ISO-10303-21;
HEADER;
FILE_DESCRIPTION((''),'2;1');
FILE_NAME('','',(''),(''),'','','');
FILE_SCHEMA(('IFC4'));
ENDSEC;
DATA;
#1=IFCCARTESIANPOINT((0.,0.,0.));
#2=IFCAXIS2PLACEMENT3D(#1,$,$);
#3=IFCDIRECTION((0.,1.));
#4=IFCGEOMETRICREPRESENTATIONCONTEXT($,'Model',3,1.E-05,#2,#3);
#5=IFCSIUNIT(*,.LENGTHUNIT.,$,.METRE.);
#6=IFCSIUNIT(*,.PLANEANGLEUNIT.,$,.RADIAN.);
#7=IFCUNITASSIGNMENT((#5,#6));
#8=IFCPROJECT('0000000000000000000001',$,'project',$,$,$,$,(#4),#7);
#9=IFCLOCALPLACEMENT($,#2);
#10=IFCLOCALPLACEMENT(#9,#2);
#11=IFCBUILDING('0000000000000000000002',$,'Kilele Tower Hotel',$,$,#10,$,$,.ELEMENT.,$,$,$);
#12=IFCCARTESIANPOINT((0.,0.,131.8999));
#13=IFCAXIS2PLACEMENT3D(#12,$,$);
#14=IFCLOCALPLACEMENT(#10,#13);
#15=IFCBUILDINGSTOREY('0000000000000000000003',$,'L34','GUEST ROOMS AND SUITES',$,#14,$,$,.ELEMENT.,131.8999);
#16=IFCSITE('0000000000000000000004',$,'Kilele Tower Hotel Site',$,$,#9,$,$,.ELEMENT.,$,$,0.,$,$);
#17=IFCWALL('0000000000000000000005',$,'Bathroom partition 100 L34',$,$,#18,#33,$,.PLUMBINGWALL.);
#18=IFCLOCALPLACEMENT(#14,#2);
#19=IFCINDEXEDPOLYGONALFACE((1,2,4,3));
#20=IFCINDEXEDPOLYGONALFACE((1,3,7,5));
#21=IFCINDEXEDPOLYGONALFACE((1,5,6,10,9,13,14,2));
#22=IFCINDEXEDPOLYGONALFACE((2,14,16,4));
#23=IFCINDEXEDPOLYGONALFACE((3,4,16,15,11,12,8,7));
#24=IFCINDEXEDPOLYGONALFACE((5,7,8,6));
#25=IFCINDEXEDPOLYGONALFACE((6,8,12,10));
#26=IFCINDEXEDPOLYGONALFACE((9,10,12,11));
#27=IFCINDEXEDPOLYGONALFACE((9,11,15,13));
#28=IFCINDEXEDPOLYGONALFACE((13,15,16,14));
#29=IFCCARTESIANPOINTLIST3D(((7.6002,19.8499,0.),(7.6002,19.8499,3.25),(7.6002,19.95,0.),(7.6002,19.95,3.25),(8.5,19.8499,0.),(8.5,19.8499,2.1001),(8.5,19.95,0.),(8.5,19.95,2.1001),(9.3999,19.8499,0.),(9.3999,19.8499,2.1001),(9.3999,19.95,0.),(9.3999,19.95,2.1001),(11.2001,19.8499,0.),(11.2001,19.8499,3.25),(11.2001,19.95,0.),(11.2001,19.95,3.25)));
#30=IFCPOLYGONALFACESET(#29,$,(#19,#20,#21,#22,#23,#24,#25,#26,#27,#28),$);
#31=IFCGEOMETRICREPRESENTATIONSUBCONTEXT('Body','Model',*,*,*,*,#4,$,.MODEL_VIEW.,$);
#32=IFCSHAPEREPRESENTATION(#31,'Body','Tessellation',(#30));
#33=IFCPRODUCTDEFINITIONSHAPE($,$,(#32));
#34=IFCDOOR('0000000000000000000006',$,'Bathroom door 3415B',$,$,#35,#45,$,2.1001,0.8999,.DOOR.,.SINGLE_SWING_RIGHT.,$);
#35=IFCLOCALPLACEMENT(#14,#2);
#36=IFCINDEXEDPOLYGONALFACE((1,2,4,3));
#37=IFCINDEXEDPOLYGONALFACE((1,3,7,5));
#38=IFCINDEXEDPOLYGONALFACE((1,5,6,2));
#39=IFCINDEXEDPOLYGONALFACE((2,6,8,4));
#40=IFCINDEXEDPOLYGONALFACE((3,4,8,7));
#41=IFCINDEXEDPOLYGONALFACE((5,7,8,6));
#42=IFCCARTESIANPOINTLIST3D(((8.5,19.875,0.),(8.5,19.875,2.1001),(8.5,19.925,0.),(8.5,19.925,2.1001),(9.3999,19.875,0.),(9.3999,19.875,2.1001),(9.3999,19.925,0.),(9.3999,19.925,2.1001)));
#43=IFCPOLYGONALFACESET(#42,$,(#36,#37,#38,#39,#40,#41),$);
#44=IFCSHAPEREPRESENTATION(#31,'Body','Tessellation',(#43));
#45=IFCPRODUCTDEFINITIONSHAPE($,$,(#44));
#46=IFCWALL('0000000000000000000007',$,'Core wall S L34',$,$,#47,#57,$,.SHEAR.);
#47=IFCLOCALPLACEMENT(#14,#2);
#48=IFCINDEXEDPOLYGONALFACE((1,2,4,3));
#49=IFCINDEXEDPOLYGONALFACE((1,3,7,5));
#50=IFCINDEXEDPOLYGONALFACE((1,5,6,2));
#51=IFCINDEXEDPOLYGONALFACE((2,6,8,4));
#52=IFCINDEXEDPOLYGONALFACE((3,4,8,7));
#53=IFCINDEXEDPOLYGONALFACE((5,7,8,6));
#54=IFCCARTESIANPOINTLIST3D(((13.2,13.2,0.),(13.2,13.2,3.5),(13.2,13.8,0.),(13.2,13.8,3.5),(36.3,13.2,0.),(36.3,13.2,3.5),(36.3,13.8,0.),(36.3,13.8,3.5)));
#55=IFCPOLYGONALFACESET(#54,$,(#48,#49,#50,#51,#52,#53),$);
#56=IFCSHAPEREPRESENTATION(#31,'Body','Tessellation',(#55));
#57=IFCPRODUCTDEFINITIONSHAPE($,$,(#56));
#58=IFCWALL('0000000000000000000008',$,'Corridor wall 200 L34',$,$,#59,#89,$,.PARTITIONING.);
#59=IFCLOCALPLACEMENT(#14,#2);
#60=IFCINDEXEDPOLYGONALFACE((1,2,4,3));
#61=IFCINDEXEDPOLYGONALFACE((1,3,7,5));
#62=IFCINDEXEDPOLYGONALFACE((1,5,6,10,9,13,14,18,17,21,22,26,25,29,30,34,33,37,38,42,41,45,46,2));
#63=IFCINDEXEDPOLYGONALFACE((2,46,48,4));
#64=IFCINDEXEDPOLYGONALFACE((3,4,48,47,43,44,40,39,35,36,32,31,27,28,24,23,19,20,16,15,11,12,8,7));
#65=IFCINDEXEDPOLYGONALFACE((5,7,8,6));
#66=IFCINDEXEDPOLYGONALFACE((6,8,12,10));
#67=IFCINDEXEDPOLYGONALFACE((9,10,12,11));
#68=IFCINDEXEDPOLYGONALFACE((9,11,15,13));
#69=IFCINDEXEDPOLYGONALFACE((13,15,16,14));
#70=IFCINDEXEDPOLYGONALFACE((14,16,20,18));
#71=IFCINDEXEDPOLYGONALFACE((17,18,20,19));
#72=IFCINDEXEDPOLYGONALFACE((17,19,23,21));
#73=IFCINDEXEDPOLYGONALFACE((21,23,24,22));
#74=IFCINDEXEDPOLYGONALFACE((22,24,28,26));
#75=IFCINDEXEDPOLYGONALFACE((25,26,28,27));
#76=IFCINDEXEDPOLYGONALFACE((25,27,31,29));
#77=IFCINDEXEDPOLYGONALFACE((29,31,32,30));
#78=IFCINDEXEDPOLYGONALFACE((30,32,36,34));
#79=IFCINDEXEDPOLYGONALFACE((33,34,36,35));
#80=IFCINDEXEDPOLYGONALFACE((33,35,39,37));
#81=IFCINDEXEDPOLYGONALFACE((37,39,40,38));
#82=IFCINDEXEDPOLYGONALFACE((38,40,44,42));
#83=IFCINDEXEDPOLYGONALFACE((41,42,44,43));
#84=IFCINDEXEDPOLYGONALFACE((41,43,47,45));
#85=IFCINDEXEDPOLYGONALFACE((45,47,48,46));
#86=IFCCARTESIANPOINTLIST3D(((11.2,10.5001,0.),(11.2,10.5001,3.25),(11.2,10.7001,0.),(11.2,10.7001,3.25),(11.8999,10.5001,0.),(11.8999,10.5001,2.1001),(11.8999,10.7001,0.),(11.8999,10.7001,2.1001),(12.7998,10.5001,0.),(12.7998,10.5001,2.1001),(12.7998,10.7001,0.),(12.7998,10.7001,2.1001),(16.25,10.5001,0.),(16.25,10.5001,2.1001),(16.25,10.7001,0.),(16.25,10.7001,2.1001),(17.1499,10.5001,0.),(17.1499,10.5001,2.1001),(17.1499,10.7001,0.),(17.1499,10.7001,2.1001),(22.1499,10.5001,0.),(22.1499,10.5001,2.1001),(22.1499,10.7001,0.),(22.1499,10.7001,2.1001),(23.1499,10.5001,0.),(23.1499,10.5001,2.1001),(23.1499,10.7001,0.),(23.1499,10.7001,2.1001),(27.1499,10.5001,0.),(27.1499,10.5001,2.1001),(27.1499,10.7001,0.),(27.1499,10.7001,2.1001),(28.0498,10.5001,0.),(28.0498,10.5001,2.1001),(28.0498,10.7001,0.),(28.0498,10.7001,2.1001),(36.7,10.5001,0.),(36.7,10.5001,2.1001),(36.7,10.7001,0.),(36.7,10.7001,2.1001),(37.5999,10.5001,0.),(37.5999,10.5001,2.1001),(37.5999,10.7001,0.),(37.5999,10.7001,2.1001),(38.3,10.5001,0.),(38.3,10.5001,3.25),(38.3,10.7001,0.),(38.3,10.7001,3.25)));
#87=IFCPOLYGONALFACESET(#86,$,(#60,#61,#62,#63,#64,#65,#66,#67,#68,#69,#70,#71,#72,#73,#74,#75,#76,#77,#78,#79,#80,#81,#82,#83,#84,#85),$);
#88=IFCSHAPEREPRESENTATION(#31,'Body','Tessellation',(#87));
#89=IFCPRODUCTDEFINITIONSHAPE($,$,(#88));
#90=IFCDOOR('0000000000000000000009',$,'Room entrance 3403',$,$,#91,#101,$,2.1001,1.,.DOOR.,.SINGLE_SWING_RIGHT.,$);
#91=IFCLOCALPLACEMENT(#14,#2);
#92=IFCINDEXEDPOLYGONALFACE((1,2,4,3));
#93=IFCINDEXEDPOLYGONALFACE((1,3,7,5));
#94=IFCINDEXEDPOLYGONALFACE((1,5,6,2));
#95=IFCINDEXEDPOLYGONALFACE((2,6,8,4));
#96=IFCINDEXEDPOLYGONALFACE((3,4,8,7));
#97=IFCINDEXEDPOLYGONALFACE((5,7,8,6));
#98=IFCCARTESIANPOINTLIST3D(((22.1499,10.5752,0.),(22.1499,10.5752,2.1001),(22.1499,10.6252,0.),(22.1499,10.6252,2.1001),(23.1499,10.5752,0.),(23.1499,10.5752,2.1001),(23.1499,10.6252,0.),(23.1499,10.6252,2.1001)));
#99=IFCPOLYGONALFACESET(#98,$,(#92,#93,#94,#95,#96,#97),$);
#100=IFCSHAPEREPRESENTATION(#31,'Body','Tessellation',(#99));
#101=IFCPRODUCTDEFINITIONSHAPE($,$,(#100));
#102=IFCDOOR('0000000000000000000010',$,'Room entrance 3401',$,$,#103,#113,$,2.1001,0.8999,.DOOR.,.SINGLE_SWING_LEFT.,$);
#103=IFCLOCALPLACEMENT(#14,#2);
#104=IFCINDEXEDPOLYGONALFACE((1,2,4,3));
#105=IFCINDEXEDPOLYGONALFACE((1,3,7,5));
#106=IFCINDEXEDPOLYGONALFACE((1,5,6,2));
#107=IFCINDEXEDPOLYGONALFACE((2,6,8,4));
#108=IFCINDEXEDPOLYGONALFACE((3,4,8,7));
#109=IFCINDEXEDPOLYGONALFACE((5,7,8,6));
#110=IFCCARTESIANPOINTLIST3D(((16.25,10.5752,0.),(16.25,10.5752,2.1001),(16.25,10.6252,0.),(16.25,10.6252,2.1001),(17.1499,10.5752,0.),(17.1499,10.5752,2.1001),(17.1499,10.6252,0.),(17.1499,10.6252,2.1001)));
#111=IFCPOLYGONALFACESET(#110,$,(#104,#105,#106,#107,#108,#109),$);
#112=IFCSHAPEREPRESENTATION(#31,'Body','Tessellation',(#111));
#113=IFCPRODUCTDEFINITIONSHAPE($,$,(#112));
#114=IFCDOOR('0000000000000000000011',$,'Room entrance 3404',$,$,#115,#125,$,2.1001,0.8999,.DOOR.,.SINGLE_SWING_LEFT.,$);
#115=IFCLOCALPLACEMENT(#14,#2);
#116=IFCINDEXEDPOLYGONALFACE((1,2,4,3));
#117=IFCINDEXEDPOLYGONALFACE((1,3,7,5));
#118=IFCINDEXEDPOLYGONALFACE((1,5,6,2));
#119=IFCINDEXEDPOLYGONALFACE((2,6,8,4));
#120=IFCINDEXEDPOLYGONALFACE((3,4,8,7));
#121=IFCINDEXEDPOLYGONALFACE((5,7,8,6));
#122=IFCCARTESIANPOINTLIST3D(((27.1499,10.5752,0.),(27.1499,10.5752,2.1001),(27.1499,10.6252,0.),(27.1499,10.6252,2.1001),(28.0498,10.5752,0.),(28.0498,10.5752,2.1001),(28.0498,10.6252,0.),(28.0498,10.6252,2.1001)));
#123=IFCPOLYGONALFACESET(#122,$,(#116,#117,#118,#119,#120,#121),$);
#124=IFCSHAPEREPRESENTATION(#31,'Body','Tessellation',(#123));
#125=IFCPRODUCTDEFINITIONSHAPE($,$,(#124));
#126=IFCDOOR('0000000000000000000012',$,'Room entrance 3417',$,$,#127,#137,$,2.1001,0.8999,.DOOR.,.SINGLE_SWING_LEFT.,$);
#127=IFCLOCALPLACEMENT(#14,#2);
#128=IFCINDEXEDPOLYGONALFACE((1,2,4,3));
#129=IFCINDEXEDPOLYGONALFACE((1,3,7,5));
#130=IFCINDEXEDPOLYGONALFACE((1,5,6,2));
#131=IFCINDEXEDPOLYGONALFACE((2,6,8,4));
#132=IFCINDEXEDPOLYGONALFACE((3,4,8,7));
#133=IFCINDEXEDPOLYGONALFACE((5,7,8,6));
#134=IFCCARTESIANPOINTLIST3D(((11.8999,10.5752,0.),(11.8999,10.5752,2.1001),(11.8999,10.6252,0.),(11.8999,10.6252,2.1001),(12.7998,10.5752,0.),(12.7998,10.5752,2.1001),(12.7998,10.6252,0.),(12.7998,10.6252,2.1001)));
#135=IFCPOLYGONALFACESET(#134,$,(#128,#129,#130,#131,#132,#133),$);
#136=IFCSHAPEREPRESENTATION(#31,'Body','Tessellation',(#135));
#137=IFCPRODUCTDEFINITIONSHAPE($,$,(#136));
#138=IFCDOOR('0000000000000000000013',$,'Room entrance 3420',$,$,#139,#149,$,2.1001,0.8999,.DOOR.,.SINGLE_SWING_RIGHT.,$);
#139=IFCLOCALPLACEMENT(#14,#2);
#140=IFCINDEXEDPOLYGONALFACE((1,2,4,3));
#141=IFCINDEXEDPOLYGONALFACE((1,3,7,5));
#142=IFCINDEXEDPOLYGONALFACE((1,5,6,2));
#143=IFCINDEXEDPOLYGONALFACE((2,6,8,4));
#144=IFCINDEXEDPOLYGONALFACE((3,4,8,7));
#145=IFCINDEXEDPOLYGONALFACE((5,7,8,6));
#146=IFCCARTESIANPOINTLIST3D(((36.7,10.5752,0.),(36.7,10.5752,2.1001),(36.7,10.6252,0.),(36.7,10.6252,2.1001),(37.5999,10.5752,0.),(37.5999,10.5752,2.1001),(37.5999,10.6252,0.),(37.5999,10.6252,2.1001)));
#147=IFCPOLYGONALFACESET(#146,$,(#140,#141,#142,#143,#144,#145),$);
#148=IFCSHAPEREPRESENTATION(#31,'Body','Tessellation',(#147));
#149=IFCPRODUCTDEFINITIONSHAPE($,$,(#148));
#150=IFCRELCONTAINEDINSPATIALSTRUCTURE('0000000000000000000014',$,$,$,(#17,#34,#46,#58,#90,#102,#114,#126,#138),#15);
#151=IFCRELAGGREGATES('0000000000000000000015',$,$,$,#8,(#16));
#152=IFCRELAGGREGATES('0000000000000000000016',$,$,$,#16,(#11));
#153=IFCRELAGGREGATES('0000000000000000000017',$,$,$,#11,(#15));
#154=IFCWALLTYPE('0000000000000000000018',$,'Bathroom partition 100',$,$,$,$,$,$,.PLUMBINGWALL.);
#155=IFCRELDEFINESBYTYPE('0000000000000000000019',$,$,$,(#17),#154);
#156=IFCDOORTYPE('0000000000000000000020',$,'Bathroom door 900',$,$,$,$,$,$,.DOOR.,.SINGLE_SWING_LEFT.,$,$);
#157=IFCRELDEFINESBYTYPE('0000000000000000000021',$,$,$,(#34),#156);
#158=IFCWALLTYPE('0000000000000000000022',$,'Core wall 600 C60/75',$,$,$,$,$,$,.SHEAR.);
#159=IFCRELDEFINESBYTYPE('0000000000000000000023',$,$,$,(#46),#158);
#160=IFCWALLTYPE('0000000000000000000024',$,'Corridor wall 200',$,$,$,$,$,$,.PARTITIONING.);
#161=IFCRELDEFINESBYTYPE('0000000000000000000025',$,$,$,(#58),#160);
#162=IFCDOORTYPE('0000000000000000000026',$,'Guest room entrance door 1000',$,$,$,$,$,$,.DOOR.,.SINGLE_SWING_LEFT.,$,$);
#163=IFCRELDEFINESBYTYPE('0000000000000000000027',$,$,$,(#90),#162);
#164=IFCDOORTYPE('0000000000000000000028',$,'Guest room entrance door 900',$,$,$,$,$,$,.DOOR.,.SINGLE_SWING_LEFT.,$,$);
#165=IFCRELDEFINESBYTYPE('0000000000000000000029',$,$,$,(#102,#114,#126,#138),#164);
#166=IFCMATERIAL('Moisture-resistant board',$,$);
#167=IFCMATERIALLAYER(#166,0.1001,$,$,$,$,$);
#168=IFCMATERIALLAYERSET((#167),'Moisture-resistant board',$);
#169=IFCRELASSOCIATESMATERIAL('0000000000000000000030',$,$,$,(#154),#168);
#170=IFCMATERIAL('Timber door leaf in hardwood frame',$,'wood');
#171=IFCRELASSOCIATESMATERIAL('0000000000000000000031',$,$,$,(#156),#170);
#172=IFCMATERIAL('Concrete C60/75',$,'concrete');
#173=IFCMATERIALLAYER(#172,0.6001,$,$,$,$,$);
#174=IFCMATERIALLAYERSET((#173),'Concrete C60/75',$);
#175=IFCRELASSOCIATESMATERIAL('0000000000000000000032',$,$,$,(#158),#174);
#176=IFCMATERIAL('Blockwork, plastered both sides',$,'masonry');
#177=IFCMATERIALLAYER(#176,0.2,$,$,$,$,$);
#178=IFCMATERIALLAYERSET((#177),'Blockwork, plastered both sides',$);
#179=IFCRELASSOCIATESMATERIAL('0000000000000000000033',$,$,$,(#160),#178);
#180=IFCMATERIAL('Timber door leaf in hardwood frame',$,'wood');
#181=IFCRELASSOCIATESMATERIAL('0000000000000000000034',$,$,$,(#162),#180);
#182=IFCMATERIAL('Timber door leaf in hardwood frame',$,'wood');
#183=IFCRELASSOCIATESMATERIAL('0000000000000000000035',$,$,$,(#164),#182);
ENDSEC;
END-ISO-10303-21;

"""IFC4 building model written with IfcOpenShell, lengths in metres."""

from ifc_helpers import new_model, si_unit, direction, frame, frame_2d, origin, place, context, subcontext, project, spatial, rectangle, extrude, material, layer, layer_set, type_object, element, fill, save


model = new_model("IFC4")

# Units and contexts
model_context = context("Model", 3, precision=1e-05, world=origin(), true_north=direction((0.0, 1.0)))
body_context = subcontext(model_context, "Body", "Model", "MODEL_VIEW")
ifc_project = project(units=[si_unit("LENGTHUNIT", "METRE"), si_unit("PLANEANGLEUNIT", "RADIAN")], contexts=[model_context])

# Site, building, storey
site_placement = place(None, origin())
site = spatial("IfcSite", under=ifc_project, at=site_placement, Name="Kilele Tower Hotel Site", CompositionType="ELEMENT", RefElevation=0.0)
building_placement = place(site_placement, origin())
building = spatial("IfcBuilding", under=site, at=building_placement, Name="Kilele Tower Hotel", CompositionType="ELEMENT")
storey_placement = place(building_placement, frame((0.0, 0.0, 131.8999)))
storey = spatial("IfcBuildingStorey", under=building, at=storey_placement, Name="L34", Description="GUEST ROOMS AND SUITES", CompositionType="ELEMENT", Elevation=131.8999)

# Wall, opening, door
ifc_material_1 = material(Name="Moisture-resistant board")
ifc_layer_1 = layer(ifc_material_1, 0.1001)
ifc_layer_set_1 = layer_set([ifc_layer_1], Name="Moisture-resistant board")
wall_type_1 = type_object("IfcWallType", Name="Bathroom partition 100", PredefinedType="PLUMBINGWALL", material=ifc_layer_set_1)
wall_1_placement = place(storey_placement, frame((11.2, 19.8999, 0.0), z_axis=(0.0, 0.0, 1.0), x_axis=(-1.0, 0.0, 0.0)))
wall_1 = element("IfcWall", 1, at=wall_1_placement, inside=storey, type_object=wall_type_1, Name="Bathroom partition 100 L34", PredefinedType="PLUMBINGWALL", context=body_context, shape_type="SweptSolid", body=[
    extrude(rectangle(XDim=3.5999, YDim=0.1001, at=frame_2d((1.7998, 0.0))), origin(), (0.0, 0.0, 1.0), 3.25),
])
opening_1_placement = place(wall_1_placement, frame((1.8, 0.0, 0.0)))
opening_1 = element("IfcOpeningElement", 2, at=opening_1_placement, cuts=wall_1, PredefinedType="OPENING", context=body_context, shape_type="SweptSolid", body=[
    extrude(rectangle(XDim=0.8999, YDim=2.1001, at=frame_2d((0.45, 1.05))), frame((0.0, 0.0601, 0.0), z_axis=(0.0, -1.0, 0.0), x_axis=(1.0, 0.0, 0.0)), (0.0, 0.0, 1.0), 0.1201),
])
ifc_material_2 = material(Name="Timber door leaf in hardwood frame", Category="wood")
door_type_1 = type_object("IfcDoorType", Name="Bathroom door 900", OperationType="SINGLE_SWING_LEFT", PredefinedType="DOOR", material=ifc_material_2)
door_1_placement = place(opening_1_placement, origin())
door_1 = element("IfcDoor", 3, at=door_1_placement, inside=storey, type_object=door_type_1, Name="Bathroom door 3415B", OperationType="SINGLE_SWING_RIGHT", OverallHeight=2.1001, OverallWidth=0.8999, PredefinedType="DOOR", context=body_context, shape_type="SweptSolid", body=[
    extrude(rectangle(XDim=0.8999, YDim=2.1001, at=frame_2d((0.45, 1.05))), frame((0.0, 0.0249, 0.0), z_axis=(0.0, -1.0, 0.0), x_axis=(1.0, 0.0, 0.0)), (0.0, 0.0, 1.0), 0.05),
])
fill(opening_1, door_1)

# Wall
ifc_material_3 = material(Name="Concrete C60/75", Category="concrete")
ifc_layer_2 = layer(ifc_material_3, 0.6001)
ifc_layer_set_2 = layer_set([ifc_layer_2], Name="Concrete C60/75")
wall_type_2 = type_object("IfcWallType", Name="Core wall 600 C60/75", PredefinedType="SHEAR", material=ifc_layer_set_2)
wall_2_placement = place(storey_placement, frame((13.2, 13.5, 0.0), z_axis=(0.0, 0.0, 1.0), x_axis=(1.0, 0.0, 0.0)))
element("IfcWall", 4, at=wall_2_placement, inside=storey, type_object=wall_type_2, Name="Core wall S L34", PredefinedType="SHEAR", context=body_context, shape_type="SweptSolid", body=[
    extrude(rectangle(XDim=23.1001, YDim=0.6001, at=frame_2d((11.55, 0.0))), origin(), (0.0, 0.0, 1.0), 3.5),
])

# Wall, openings, doors
ifc_material_4 = material(Name="Blockwork, plastered both sides", Category="masonry")
ifc_layer_3 = layer(ifc_material_4, 0.2)
ifc_layer_set_3 = layer_set([ifc_layer_3], Name="Blockwork, plastered both sides")
wall_type_3 = type_object("IfcWallType", Name="Corridor wall 200", PredefinedType="PARTITIONING", material=ifc_layer_set_3)
wall_3_placement = place(storey_placement, frame((11.2, 10.6001, 0.0), z_axis=(0.0, 0.0, 1.0), x_axis=(1.0, 0.0, 0.0)))
wall_3 = element("IfcWall", 5, at=wall_3_placement, inside=storey, type_object=wall_type_3, Name="Corridor wall 200 L34", PredefinedType="PARTITIONING", context=body_context, shape_type="SweptSolid", body=[
    extrude(rectangle(XDim=27.1001, YDim=0.2, at=frame_2d((13.55, 0.0))), origin(), (0.0, 0.0, 1.0), 3.25),
])
opening_2_placement = place(wall_3_placement, frame((5.95, 0.0, 0.0), z_axis=(0.0, 0.0, 1.0), x_axis=(-1.0, 0.0, 0.0)))
opening_2 = element("IfcOpeningElement", 6, at=opening_2_placement, cuts=wall_3, PredefinedType="OPENING", context=body_context, shape_type="SweptSolid", body=[
    extrude(rectangle(XDim=0.8999, YDim=2.1001, at=frame_2d((0.45, 1.05))), frame((0.0, 0.1099, 0.0), z_axis=(0.0, -1.0, 0.0), x_axis=(1.0, 0.0, 0.0)), (0.0, 0.0, 1.0), 0.22),
])
opening_3_placement = place(wall_3_placement, frame((11.95, 0.0, 0.0), z_axis=(0.0, 0.0, 1.0), x_axis=(-1.0, 0.0, 0.0)))
opening_3 = element("IfcOpeningElement", 7, at=opening_3_placement, cuts=wall_3, PredefinedType="OPENING", context=body_context, shape_type="SweptSolid", body=[
    extrude(rectangle(XDim=1.0, YDim=2.1001, at=frame_2d((0.5, 1.05))), frame((0.0, 0.1099, 0.0), z_axis=(0.0, -1.0, 0.0), x_axis=(1.0, 0.0, 0.0)), (0.0, 0.0, 1.0), 0.22),
])
opening_4_placement = place(wall_3_placement, frame((16.8499, 0.0, 0.0), z_axis=(0.0, 0.0, 1.0), x_axis=(-1.0, 0.0, 0.0)))
opening_4 = element("IfcOpeningElement", 8, at=opening_4_placement, cuts=wall_3, PredefinedType="OPENING", context=body_context, shape_type="SweptSolid", body=[
    extrude(rectangle(XDim=0.8999, YDim=2.1001, at=frame_2d((0.45, 1.05))), frame((0.0, 0.1099, 0.0), z_axis=(0.0, -1.0, 0.0), x_axis=(1.0, 0.0, 0.0)), (0.0, 0.0, 1.0), 0.22),
])
opening_5_placement = place(wall_3_placement, frame((1.5999, 0.0, 0.0), z_axis=(0.0, 0.0, 1.0), x_axis=(-1.0, 0.0, 0.0)))
opening_5 = element("IfcOpeningElement", 9, at=opening_5_placement, cuts=wall_3, PredefinedType="OPENING", context=body_context, shape_type="SweptSolid", body=[
    extrude(rectangle(XDim=0.8999, YDim=2.1001, at=frame_2d((0.45, 1.05))), frame((0.0, 0.1099, 0.0), z_axis=(0.0, -1.0, 0.0), x_axis=(1.0, 0.0, 0.0)), (0.0, 0.0, 1.0), 0.22),
])
opening_6_placement = place(wall_3_placement, frame((26.3999, 0.0, 0.0), z_axis=(0.0, 0.0, 1.0), x_axis=(-1.0, 0.0, 0.0)))
opening_6 = element("IfcOpeningElement", 10, at=opening_6_placement, cuts=wall_3, PredefinedType="OPENING", context=body_context, shape_type="SweptSolid", body=[
    extrude(rectangle(XDim=0.8999, YDim=2.1001, at=frame_2d((0.45, 1.05))), frame((0.0, 0.1099, 0.0), z_axis=(0.0, -1.0, 0.0), x_axis=(1.0, 0.0, 0.0)), (0.0, 0.0, 1.0), 0.22),
])
ifc_material_5 = material(Name="Timber door leaf in hardwood frame", Category="wood")
door_type_2 = type_object("IfcDoorType", Name="Guest room entrance door 1000", OperationType="SINGLE_SWING_LEFT", PredefinedType="DOOR", material=ifc_material_5)
door_2_placement = place(opening_3_placement, origin())
door_2 = element("IfcDoor", 11, at=door_2_placement, inside=storey, type_object=door_type_2, Name="Room entrance 3403", OperationType="SINGLE_SWING_RIGHT", OverallHeight=2.1001, OverallWidth=1.0, PredefinedType="DOOR", context=body_context, shape_type="SweptSolid", body=[
    extrude(rectangle(XDim=1.0, YDim=2.1001, at=frame_2d((0.5, 1.05))), frame((0.0, 0.0249, 0.0), z_axis=(0.0, -1.0, 0.0), x_axis=(1.0, 0.0, 0.0)), (0.0, 0.0, 1.0), 0.05),
])
fill(opening_3, door_2)
ifc_material_6 = material(Name="Timber door leaf in hardwood frame", Category="wood")
door_type_3 = type_object("IfcDoorType", Name="Guest room entrance door 900", OperationType="SINGLE_SWING_LEFT", PredefinedType="DOOR", material=ifc_material_6)
door_3_placement = place(opening_2_placement, origin())
door_3 = element("IfcDoor", 12, at=door_3_placement, inside=storey, type_object=door_type_3, Name="Room entrance 3401", OperationType="SINGLE_SWING_LEFT", OverallHeight=2.1001, OverallWidth=0.8999, PredefinedType="DOOR", context=body_context, shape_type="SweptSolid", body=[
    extrude(rectangle(XDim=0.8999, YDim=2.1001, at=frame_2d((0.45, 1.05))), frame((0.0, 0.0249, 0.0), z_axis=(0.0, -1.0, 0.0), x_axis=(1.0, 0.0, 0.0)), (0.0, 0.0, 1.0), 0.05),
])
fill(opening_2, door_3)
door_4_placement = place(opening_4_placement, origin())
door_4 = element("IfcDoor", 13, at=door_4_placement, inside=storey, type_object=door_type_3, Name="Room entrance 3404", OperationType="SINGLE_SWING_LEFT", OverallHeight=2.1001, OverallWidth=0.8999, PredefinedType="DOOR", context=body_context, shape_type="SweptSolid", body=[
    extrude(rectangle(XDim=0.8999, YDim=2.1001, at=frame_2d((0.45, 1.05))), frame((0.0, 0.0249, 0.0), z_axis=(0.0, -1.0, 0.0), x_axis=(1.0, 0.0, 0.0)), (0.0, 0.0, 1.0), 0.05),
])
fill(opening_4, door_4)
door_5_placement = place(opening_5_placement, origin())
door_5 = element("IfcDoor", 14, at=door_5_placement, inside=storey, type_object=door_type_3, Name="Room entrance 3417", OperationType="SINGLE_SWING_LEFT", OverallHeight=2.1001, OverallWidth=0.8999, PredefinedType="DOOR", context=body_context, shape_type="SweptSolid", body=[
    extrude(rectangle(XDim=0.8999, YDim=2.1001, at=frame_2d((0.45, 1.05))), frame((0.0, 0.0249, 0.0), z_axis=(0.0, -1.0, 0.0), x_axis=(1.0, 0.0, 0.0)), (0.0, 0.0, 1.0), 0.05),
])
fill(opening_5, door_5)
door_6_placement = place(opening_6_placement, origin())
door_6 = element("IfcDoor", 15, at=door_6_placement, inside=storey, type_object=door_type_3, Name="Room entrance 3420", OperationType="SINGLE_SWING_RIGHT", OverallHeight=2.1001, OverallWidth=0.8999, PredefinedType="DOOR", context=body_context, shape_type="SweptSolid", body=[
    extrude(rectangle(XDim=0.8999, YDim=2.1001, at=frame_2d((0.45, 1.05))), frame((0.0, 0.0249, 0.0), z_axis=(0.0, -1.0, 0.0), x_axis=(1.0, 0.0, 0.0)), (0.0, 0.0, 1.0), 0.05),
])
fill(opening_6, door_6)

save(model, "model.ifc")
